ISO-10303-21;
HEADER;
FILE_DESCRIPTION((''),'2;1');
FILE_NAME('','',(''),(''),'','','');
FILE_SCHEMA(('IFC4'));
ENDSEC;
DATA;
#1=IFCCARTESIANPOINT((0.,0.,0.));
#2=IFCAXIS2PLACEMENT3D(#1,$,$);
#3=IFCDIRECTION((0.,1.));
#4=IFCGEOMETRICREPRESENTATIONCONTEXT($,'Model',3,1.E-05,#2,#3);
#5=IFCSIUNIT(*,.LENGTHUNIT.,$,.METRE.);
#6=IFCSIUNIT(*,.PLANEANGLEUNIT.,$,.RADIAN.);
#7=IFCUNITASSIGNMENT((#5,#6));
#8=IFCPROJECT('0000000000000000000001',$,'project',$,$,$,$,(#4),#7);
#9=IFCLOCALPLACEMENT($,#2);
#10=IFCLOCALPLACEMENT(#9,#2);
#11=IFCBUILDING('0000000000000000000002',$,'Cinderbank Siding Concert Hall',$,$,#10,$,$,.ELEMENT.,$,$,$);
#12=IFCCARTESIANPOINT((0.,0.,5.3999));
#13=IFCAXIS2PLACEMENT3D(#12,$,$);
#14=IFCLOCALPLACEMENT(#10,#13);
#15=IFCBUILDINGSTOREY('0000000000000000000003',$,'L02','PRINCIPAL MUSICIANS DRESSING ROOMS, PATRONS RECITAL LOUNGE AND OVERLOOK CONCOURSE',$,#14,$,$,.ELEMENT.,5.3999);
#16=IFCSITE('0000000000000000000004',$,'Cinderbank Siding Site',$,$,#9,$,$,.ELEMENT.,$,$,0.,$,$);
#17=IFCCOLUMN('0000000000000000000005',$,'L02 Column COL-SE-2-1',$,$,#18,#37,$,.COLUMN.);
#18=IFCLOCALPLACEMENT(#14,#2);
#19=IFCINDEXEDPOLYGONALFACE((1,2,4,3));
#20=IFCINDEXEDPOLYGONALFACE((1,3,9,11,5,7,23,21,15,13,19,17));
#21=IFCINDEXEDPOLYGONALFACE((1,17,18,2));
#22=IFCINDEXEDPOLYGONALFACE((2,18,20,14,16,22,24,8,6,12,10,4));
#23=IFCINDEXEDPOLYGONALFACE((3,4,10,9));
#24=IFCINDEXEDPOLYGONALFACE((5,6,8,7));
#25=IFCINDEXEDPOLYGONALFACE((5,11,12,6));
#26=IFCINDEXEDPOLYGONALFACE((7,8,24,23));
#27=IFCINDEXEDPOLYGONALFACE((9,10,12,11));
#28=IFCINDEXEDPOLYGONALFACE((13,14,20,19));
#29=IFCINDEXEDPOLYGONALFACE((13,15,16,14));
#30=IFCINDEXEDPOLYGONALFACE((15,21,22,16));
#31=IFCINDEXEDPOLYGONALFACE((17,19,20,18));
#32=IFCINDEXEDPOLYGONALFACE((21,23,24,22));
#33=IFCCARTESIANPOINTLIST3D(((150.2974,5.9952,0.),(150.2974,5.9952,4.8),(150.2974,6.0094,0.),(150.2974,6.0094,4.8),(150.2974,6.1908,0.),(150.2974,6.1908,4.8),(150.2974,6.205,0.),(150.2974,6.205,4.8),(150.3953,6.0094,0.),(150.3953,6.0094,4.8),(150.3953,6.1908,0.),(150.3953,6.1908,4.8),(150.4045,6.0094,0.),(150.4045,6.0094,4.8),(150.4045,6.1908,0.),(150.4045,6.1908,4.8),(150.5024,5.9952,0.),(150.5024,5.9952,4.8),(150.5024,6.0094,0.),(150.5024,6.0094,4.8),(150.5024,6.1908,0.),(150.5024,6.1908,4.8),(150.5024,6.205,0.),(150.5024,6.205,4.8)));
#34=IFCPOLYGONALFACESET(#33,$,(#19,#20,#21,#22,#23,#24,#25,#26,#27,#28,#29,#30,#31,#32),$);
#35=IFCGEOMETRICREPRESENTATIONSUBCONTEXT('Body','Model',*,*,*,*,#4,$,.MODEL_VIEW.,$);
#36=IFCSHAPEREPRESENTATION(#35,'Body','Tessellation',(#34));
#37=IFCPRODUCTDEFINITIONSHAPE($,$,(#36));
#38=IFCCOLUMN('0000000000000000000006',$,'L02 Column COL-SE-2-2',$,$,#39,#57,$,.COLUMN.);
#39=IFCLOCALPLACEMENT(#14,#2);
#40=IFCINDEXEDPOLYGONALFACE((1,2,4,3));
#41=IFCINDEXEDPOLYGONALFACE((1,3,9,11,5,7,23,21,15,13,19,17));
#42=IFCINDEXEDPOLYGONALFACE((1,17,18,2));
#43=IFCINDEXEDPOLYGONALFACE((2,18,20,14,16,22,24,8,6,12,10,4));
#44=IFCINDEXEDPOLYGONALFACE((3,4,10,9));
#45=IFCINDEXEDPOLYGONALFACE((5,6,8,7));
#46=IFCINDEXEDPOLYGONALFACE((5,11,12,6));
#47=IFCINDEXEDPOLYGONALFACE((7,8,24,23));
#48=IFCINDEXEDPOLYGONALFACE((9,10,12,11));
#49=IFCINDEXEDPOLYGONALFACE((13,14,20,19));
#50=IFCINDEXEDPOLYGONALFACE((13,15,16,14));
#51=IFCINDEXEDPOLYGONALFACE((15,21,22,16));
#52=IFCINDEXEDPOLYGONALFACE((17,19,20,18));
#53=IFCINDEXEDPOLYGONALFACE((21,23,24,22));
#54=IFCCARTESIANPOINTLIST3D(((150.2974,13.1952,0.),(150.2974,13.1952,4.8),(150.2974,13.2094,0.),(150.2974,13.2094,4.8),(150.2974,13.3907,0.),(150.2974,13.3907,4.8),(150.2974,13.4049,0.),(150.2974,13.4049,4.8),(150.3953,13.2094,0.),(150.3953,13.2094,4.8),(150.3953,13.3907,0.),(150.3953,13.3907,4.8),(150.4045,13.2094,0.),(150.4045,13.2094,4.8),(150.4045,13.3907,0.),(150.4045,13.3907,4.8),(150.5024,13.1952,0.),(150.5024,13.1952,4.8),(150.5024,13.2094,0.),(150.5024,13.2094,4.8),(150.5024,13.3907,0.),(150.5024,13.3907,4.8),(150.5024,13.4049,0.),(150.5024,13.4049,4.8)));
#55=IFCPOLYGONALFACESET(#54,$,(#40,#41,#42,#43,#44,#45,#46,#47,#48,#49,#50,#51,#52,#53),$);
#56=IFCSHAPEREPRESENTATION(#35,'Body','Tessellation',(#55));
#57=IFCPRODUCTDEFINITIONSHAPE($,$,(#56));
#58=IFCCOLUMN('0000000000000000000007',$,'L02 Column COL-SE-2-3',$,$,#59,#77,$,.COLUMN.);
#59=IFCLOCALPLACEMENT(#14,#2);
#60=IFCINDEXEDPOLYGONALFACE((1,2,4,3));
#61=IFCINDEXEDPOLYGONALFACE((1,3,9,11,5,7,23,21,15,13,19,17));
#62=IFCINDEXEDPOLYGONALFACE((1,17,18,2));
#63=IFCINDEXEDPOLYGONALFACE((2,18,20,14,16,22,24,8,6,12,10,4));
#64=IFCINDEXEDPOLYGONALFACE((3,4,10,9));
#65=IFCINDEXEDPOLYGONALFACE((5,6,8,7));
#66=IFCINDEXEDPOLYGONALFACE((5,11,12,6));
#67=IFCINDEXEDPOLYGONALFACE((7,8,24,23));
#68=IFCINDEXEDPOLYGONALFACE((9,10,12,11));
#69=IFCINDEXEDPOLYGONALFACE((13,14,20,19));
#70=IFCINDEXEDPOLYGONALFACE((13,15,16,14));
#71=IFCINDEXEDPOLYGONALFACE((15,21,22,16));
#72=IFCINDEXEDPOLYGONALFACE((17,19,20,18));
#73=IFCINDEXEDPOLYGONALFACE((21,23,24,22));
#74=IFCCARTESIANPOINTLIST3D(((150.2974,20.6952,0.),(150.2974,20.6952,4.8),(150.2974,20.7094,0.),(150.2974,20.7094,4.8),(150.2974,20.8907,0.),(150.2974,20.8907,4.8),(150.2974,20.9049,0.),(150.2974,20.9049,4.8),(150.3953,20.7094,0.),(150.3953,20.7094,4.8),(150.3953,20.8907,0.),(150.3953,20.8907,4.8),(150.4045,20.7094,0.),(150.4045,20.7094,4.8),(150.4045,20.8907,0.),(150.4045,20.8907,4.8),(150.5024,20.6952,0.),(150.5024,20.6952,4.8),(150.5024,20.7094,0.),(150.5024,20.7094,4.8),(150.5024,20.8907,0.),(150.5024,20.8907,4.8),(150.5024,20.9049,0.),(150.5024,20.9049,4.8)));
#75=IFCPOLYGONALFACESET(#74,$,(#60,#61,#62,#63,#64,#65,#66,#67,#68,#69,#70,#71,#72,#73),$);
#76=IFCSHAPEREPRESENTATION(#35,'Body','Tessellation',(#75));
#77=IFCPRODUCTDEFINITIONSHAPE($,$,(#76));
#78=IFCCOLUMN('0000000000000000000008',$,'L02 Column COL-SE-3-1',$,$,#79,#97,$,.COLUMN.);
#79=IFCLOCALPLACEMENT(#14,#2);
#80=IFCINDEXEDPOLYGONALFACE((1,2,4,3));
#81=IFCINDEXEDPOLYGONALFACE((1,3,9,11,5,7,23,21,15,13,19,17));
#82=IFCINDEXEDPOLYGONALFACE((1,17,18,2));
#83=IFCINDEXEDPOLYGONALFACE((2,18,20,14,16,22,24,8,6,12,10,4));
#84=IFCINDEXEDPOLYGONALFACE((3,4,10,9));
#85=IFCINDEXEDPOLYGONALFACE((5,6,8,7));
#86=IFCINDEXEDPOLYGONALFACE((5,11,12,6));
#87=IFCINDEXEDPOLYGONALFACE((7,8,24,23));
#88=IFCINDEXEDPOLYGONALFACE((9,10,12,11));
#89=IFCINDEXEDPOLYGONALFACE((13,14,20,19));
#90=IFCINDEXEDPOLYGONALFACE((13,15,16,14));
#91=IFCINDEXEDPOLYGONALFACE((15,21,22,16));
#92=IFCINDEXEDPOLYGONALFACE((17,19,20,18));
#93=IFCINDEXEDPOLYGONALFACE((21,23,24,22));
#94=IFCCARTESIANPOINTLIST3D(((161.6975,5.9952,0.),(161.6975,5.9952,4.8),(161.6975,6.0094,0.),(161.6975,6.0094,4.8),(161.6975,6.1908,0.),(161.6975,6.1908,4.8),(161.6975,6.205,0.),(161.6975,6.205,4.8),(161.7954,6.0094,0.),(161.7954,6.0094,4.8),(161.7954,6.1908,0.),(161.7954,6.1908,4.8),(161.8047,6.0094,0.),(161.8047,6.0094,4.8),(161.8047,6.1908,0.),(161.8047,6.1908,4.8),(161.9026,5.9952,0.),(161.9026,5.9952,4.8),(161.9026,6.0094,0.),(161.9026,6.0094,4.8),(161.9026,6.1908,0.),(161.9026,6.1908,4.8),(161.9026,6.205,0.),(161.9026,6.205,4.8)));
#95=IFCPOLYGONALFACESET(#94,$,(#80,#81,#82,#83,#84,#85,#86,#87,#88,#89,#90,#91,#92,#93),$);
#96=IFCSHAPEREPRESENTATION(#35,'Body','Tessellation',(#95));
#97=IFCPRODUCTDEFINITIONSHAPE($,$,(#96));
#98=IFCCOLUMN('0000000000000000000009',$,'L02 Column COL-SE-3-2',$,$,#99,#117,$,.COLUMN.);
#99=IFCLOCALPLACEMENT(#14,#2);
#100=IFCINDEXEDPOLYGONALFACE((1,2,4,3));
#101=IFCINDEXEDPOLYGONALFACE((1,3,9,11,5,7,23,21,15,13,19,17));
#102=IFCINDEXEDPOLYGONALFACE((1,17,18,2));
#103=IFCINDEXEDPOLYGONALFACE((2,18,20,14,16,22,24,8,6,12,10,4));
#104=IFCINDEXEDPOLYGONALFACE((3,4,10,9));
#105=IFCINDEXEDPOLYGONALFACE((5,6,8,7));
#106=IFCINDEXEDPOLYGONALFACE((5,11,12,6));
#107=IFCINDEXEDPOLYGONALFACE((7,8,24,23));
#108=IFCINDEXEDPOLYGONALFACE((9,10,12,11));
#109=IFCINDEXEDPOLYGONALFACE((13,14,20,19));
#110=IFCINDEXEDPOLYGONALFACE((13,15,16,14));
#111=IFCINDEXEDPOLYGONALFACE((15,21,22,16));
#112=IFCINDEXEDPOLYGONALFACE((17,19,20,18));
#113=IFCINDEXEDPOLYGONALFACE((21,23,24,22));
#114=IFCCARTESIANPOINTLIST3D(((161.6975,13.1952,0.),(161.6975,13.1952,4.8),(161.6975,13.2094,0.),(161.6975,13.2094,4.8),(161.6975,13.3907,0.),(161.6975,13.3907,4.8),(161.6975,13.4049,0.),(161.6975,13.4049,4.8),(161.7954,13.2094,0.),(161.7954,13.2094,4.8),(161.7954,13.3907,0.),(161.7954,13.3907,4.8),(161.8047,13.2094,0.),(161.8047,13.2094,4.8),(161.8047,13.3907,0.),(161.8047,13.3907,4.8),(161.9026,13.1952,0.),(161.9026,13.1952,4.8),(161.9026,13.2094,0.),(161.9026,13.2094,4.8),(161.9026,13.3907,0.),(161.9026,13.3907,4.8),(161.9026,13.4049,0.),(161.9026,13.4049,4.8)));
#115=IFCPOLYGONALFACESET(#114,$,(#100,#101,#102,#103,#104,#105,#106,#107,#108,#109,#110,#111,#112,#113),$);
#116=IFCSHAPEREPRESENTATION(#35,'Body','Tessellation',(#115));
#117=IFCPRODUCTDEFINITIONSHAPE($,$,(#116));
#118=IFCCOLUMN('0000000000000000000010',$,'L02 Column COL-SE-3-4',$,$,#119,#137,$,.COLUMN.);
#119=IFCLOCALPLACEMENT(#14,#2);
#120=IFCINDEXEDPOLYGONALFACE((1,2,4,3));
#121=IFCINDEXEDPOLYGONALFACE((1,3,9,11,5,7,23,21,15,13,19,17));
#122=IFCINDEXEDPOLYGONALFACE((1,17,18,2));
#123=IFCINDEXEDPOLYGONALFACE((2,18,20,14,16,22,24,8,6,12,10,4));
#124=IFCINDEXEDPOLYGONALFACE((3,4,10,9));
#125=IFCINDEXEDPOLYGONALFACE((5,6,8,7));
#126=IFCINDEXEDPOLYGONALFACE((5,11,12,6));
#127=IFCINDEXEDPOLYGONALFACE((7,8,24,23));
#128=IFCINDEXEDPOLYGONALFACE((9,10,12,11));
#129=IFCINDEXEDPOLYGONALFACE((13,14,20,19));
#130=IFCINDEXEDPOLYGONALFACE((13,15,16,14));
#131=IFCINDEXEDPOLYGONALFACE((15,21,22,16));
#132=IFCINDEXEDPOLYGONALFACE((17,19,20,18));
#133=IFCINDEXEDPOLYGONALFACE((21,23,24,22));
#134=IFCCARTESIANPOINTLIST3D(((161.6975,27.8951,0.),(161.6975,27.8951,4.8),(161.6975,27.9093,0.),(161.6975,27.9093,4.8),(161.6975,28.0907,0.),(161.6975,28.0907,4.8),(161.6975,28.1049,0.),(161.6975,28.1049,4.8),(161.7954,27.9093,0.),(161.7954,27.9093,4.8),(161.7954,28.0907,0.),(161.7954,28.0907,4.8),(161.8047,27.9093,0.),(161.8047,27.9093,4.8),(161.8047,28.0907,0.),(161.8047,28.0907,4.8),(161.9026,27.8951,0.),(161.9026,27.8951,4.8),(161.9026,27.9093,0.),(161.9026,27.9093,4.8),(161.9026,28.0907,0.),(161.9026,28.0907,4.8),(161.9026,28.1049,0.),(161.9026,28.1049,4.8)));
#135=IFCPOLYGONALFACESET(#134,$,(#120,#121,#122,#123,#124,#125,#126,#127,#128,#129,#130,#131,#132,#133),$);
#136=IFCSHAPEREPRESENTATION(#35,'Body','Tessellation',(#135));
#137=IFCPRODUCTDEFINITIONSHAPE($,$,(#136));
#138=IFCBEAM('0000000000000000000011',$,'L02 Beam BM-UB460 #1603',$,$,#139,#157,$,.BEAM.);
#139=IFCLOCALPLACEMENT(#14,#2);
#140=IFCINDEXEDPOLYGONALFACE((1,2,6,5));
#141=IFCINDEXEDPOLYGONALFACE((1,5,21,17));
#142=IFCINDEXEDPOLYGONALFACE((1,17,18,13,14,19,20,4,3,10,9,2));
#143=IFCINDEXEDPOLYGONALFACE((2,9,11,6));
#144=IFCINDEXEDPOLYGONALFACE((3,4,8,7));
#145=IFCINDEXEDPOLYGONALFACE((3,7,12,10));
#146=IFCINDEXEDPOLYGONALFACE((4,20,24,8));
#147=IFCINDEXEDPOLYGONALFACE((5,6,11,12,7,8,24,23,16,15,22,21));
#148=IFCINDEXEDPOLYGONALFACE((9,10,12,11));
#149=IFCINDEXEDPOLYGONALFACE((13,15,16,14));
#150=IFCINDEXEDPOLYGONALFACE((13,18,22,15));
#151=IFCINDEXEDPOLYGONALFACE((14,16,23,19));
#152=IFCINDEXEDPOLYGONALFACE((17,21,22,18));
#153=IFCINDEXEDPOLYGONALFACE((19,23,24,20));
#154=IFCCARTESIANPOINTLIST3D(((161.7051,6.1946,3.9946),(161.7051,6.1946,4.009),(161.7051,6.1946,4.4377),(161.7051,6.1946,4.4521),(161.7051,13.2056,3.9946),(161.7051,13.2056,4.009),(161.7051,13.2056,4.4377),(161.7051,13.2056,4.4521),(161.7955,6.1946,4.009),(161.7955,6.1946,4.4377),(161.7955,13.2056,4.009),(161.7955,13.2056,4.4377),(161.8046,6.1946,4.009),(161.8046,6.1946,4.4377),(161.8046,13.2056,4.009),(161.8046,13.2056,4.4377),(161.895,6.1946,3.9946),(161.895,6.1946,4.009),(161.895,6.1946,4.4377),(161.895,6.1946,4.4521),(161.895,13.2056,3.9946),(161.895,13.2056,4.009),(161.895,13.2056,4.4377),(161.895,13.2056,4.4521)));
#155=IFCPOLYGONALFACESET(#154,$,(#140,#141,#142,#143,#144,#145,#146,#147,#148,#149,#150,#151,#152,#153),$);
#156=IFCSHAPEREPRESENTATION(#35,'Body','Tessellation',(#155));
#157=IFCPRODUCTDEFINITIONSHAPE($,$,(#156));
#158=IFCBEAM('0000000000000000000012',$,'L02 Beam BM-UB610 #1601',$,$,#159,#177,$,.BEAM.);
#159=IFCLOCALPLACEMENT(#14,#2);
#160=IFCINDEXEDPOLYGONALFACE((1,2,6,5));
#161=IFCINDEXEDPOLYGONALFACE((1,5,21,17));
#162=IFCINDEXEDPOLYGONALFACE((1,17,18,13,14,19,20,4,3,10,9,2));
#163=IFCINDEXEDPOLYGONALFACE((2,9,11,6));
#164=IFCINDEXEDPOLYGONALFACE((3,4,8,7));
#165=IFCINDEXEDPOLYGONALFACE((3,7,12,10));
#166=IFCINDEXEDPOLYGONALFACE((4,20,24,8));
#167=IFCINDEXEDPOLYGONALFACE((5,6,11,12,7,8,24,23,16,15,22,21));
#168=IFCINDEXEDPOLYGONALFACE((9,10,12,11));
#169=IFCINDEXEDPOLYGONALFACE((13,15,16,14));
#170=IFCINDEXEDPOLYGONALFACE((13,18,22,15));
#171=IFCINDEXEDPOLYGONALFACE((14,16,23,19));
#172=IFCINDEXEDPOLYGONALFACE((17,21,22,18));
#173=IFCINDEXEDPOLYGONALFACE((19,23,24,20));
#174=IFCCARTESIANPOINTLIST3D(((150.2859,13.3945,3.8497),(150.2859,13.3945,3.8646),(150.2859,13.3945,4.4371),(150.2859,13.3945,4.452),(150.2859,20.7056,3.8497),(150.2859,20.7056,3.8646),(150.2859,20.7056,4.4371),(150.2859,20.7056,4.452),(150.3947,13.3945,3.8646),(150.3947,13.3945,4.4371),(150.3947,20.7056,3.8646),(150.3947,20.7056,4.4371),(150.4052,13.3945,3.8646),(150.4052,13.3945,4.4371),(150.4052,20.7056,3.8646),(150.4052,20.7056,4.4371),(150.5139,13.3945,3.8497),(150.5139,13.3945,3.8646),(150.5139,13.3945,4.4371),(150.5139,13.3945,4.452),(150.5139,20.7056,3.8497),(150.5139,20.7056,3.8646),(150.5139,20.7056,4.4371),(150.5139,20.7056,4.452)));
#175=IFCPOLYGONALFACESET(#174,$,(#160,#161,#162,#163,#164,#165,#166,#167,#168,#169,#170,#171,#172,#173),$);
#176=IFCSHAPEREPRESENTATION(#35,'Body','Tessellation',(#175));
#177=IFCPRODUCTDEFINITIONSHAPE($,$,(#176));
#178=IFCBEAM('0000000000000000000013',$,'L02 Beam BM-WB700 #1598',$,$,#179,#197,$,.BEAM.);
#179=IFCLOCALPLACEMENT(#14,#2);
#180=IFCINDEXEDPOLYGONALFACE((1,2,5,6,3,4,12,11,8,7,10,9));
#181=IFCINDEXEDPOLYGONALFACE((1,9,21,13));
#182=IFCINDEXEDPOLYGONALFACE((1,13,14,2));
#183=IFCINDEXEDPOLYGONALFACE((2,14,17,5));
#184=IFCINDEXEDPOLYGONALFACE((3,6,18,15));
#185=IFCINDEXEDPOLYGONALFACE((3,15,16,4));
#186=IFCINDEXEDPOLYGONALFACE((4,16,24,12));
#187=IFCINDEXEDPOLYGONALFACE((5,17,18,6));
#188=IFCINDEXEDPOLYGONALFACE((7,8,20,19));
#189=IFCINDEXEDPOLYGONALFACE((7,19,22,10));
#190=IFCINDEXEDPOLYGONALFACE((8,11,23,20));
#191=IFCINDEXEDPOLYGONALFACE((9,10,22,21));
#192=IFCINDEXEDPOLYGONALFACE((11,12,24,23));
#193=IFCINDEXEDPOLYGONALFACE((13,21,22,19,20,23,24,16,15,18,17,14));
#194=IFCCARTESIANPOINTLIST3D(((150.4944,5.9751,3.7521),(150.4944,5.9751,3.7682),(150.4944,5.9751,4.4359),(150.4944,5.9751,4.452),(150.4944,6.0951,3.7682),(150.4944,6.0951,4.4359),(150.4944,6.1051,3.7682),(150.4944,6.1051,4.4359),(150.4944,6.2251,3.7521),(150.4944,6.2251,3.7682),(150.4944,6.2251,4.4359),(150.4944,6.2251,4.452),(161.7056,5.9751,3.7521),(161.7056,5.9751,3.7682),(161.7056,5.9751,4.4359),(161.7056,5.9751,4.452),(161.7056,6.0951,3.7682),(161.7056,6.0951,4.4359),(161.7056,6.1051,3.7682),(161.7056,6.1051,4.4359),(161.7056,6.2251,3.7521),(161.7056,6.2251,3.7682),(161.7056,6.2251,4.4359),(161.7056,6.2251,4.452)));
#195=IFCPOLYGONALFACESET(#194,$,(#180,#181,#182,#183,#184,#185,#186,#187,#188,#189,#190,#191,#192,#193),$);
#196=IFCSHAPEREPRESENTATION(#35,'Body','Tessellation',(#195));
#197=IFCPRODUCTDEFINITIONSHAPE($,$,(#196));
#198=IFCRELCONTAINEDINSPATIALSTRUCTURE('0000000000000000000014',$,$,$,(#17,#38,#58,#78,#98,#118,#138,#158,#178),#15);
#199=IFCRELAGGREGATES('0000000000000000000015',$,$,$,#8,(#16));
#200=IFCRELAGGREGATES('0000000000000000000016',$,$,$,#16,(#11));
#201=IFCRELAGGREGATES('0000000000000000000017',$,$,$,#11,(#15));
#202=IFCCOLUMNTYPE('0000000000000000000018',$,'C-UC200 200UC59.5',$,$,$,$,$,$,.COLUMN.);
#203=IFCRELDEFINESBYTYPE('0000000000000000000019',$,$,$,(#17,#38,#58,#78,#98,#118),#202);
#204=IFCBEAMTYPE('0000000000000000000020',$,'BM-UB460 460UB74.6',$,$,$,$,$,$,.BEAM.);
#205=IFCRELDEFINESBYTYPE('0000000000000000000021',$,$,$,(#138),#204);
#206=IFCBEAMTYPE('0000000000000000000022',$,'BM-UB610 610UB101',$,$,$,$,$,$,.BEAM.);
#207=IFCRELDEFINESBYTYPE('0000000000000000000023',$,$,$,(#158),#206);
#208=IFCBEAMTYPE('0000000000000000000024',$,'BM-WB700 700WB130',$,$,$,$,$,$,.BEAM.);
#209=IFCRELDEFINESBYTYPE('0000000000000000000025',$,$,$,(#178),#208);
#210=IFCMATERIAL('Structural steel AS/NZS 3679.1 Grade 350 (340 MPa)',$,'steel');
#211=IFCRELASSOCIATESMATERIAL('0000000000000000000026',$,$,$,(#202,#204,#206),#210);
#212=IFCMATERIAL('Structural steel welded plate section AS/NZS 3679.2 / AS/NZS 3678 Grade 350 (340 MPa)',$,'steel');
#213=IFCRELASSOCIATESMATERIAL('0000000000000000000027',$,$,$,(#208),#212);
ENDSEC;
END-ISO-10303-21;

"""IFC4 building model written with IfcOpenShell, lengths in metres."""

from ifc_helpers import new_model, si_unit, direction, frame, origin, origin_2d, place, context, subcontext, project, spatial, i_section, extrude, material, material_profile, profile_set, type_object, element, save


model = new_model("IFC4")

# Units and contexts
model_context = context("Model", 3, precision=1e-05, world=origin(), true_north=direction((0.0, 1.0)))
body_context = subcontext(model_context, "Body", "Model", "MODEL_VIEW")
ifc_project = project(units=[si_unit("LENGTHUNIT", "METRE"), si_unit("PLANEANGLEUNIT", "RADIAN")], contexts=[model_context])

# Site, building, storey
site_placement = place(None, origin())
site = spatial("IfcSite", under=ifc_project, at=site_placement, Name="Cinderbank Siding Site", CompositionType="ELEMENT", RefElevation=0.0)
building_placement = place(site_placement, origin())
building = spatial("IfcBuilding", under=site, at=building_placement, Name="Cinderbank Siding Concert Hall", CompositionType="ELEMENT")
storey_placement = place(building_placement, frame((0.0, 0.0, 5.3999)))
storey = spatial("IfcBuildingStorey", under=building, at=storey_placement, Name="L02", Description="PRINCIPAL MUSICIANS DRESSING ROOMS, PATRONS RECITAL LOUNGE AND OVERLOOK CONCOURSE", CompositionType="ELEMENT", Elevation=5.3999)

# Columns
ifc_material_1 = material(Name="Structural steel AS/NZS 3679.1 Grade 350 (340 MPa)", Category="steel")
ifc_material_profile_1 = material_profile(ifc_material_1, i_section(OverallWidth=0.2051, OverallDepth=0.2097, WebThickness=0.0093, FlangeThickness=0.0142, at=origin_2d()), Name="200UC59.5", Category="LoadBearing")
ifc_profile_set_1 = profile_set([ifc_material_profile_1], Name="Structural steel AS/NZS 3679.1 Grade 350 (340 MPa)")
column_type = type_object("IfcColumnType", Name="C-UC200 200UC59.5", PredefinedType="COLUMN", material=ifc_profile_set_1)
for number, where, z_axis, x_axis, name in (
    (1, (150.3999, 6.1001, 0.0), (0.0, 0.0, 1.0), (1.0, 0.0, 0.0), "L02 Column COL-SE-2-1"),
    (2, (150.3999, 13.3, 0.0), (0.0, 0.0, 1.0), (1.0, 0.0, 0.0), "L02 Column COL-SE-2-2"),
    (3, (150.3999, 20.8, 0.0), (0.0, 0.0, 1.0), (1.0, 0.0, 0.0), "L02 Column COL-SE-2-3"),
    (4, (161.8, 6.1001, 0.0), (0.0, 0.0, 1.0), (1.0, 0.0, 0.0), "L02 Column COL-SE-3-1"),
    (5, (161.8, 13.3, 0.0), (0.0, 0.0, 1.0), (1.0, 0.0, 0.0), "L02 Column COL-SE-3-2"),
    (6, (161.8, 28.0, 0.0), (0.0, 0.0, 1.0), (1.0, 0.0, 0.0), "L02 Column COL-SE-3-4"),
):
    element("IfcColumn", number, at=place(storey_placement, frame(where, z_axis=z_axis, x_axis=x_axis)), inside=storey, type_object=column_type, Name=name, PredefinedType="COLUMN", context=body_context, shape_type="SweptSolid", body=[
        extrude(i_section(OverallWidth=0.2051, OverallDepth=0.2097, WebThickness=0.0093, FlangeThickness=0.0142, at=origin_2d()), origin(), (0.0, 0.0, 1.0), 4.8),
    ])

# Beams
ifc_material_profile_2 = material_profile(ifc_material_1, i_section(OverallWidth=0.1899, OverallDepth=0.4575, WebThickness=0.009, FlangeThickness=0.0144, at=origin_2d()), Name="460UB74.6", Category="LoadBearing")
ifc_profile_set_2 = profile_set([ifc_material_profile_2], Name="Structural steel AS/NZS 3679.1 Grade 350 (340 MPa)")
beam_type_1 = type_object("IfcBeamType", Name="BM-UB460 460UB74.6", PredefinedType="BEAM", material=ifc_profile_set_2)
beam_1_placement = place(storey_placement, frame((161.8, 6.1946, 4.2234), z_axis=(0.0, 1.0, 0.0), x_axis=(-1.0, 0.0, 0.0)))
element("IfcBeam", 7, at=beam_1_placement, inside=storey, type_object=beam_type_1, Name="L02 Beam BM-UB460 #1603", PredefinedType="BEAM", context=body_context, shape_type="SweptSolid", body=[
    extrude(i_section(OverallWidth=0.1899, OverallDepth=0.4575, WebThickness=0.009, FlangeThickness=0.0144, at=origin_2d()), origin(), (0.0, 0.0, 1.0), 7.011),
])
ifc_material_profile_3 = material_profile(ifc_material_1, i_section(OverallWidth=0.228, OverallDepth=0.6023, WebThickness=0.0105, FlangeThickness=0.0149, at=origin_2d()), Name="610UB101", Category="LoadBearing")
ifc_profile_set_3 = profile_set([ifc_material_profile_3], Name="Structural steel AS/NZS 3679.1 Grade 350 (340 MPa)")
beam_type_2 = type_object("IfcBeamType", Name="BM-UB610 610UB101", PredefinedType="BEAM", material=ifc_profile_set_3)
beam_2_placement = place(storey_placement, frame((150.3999, 13.3945, 4.1509), z_axis=(0.0, 1.0, 0.0), x_axis=(-1.0, 0.0, 0.0)))
element("IfcBeam", 8, at=beam_2_placement, inside=storey, type_object=beam_type_2, Name="L02 Beam BM-UB610 #1601", PredefinedType="BEAM", context=body_context, shape_type="SweptSolid", body=[
    extrude(i_section(OverallWidth=0.228, OverallDepth=0.6023, WebThickness=0.0105, FlangeThickness=0.0149, at=origin_2d()), origin(), (0.0, 0.0, 1.0), 7.311),
])
ifc_material_2 = material(Name="Structural steel welded plate section AS/NZS 3679.2 / AS/NZS 3678 Grade 350 (340 MPa)", Category="steel")
ifc_material_profile_4 = material_profile(ifc_material_2, i_section(OverallWidth=0.25, OverallDepth=0.7, WebThickness=0.01, FlangeThickness=0.0161, at=origin_2d()), Name="700WB130", Category="LoadBearing")
ifc_profile_set_4 = profile_set([ifc_material_profile_4], Name="Structural steel welded plate section AS/NZS 3679.2 / AS/NZS 3678 Grade 350 (340 MPa)")
beam_type_3 = type_object("IfcBeamType", Name="BM-WB700 700WB130", PredefinedType="BEAM", material=ifc_profile_set_4)
beam_3_placement = place(storey_placement, frame((150.4944, 6.1001, 4.1021), z_axis=(1.0, 0.0, 0.0), x_axis=(0.0, 1.0, 0.0)))
element("IfcBeam", 9, at=beam_3_placement, inside=storey, type_object=beam_type_3, Name="L02 Beam BM-WB700 #1598", PredefinedType="BEAM", context=body_context, shape_type="SweptSolid", body=[
    extrude(i_section(OverallWidth=0.25, OverallDepth=0.7, WebThickness=0.01, FlangeThickness=0.0161, at=origin_2d()), origin(), (0.0, 0.0, 1.0), 11.2112),
])

save(model, "model.ifc")
